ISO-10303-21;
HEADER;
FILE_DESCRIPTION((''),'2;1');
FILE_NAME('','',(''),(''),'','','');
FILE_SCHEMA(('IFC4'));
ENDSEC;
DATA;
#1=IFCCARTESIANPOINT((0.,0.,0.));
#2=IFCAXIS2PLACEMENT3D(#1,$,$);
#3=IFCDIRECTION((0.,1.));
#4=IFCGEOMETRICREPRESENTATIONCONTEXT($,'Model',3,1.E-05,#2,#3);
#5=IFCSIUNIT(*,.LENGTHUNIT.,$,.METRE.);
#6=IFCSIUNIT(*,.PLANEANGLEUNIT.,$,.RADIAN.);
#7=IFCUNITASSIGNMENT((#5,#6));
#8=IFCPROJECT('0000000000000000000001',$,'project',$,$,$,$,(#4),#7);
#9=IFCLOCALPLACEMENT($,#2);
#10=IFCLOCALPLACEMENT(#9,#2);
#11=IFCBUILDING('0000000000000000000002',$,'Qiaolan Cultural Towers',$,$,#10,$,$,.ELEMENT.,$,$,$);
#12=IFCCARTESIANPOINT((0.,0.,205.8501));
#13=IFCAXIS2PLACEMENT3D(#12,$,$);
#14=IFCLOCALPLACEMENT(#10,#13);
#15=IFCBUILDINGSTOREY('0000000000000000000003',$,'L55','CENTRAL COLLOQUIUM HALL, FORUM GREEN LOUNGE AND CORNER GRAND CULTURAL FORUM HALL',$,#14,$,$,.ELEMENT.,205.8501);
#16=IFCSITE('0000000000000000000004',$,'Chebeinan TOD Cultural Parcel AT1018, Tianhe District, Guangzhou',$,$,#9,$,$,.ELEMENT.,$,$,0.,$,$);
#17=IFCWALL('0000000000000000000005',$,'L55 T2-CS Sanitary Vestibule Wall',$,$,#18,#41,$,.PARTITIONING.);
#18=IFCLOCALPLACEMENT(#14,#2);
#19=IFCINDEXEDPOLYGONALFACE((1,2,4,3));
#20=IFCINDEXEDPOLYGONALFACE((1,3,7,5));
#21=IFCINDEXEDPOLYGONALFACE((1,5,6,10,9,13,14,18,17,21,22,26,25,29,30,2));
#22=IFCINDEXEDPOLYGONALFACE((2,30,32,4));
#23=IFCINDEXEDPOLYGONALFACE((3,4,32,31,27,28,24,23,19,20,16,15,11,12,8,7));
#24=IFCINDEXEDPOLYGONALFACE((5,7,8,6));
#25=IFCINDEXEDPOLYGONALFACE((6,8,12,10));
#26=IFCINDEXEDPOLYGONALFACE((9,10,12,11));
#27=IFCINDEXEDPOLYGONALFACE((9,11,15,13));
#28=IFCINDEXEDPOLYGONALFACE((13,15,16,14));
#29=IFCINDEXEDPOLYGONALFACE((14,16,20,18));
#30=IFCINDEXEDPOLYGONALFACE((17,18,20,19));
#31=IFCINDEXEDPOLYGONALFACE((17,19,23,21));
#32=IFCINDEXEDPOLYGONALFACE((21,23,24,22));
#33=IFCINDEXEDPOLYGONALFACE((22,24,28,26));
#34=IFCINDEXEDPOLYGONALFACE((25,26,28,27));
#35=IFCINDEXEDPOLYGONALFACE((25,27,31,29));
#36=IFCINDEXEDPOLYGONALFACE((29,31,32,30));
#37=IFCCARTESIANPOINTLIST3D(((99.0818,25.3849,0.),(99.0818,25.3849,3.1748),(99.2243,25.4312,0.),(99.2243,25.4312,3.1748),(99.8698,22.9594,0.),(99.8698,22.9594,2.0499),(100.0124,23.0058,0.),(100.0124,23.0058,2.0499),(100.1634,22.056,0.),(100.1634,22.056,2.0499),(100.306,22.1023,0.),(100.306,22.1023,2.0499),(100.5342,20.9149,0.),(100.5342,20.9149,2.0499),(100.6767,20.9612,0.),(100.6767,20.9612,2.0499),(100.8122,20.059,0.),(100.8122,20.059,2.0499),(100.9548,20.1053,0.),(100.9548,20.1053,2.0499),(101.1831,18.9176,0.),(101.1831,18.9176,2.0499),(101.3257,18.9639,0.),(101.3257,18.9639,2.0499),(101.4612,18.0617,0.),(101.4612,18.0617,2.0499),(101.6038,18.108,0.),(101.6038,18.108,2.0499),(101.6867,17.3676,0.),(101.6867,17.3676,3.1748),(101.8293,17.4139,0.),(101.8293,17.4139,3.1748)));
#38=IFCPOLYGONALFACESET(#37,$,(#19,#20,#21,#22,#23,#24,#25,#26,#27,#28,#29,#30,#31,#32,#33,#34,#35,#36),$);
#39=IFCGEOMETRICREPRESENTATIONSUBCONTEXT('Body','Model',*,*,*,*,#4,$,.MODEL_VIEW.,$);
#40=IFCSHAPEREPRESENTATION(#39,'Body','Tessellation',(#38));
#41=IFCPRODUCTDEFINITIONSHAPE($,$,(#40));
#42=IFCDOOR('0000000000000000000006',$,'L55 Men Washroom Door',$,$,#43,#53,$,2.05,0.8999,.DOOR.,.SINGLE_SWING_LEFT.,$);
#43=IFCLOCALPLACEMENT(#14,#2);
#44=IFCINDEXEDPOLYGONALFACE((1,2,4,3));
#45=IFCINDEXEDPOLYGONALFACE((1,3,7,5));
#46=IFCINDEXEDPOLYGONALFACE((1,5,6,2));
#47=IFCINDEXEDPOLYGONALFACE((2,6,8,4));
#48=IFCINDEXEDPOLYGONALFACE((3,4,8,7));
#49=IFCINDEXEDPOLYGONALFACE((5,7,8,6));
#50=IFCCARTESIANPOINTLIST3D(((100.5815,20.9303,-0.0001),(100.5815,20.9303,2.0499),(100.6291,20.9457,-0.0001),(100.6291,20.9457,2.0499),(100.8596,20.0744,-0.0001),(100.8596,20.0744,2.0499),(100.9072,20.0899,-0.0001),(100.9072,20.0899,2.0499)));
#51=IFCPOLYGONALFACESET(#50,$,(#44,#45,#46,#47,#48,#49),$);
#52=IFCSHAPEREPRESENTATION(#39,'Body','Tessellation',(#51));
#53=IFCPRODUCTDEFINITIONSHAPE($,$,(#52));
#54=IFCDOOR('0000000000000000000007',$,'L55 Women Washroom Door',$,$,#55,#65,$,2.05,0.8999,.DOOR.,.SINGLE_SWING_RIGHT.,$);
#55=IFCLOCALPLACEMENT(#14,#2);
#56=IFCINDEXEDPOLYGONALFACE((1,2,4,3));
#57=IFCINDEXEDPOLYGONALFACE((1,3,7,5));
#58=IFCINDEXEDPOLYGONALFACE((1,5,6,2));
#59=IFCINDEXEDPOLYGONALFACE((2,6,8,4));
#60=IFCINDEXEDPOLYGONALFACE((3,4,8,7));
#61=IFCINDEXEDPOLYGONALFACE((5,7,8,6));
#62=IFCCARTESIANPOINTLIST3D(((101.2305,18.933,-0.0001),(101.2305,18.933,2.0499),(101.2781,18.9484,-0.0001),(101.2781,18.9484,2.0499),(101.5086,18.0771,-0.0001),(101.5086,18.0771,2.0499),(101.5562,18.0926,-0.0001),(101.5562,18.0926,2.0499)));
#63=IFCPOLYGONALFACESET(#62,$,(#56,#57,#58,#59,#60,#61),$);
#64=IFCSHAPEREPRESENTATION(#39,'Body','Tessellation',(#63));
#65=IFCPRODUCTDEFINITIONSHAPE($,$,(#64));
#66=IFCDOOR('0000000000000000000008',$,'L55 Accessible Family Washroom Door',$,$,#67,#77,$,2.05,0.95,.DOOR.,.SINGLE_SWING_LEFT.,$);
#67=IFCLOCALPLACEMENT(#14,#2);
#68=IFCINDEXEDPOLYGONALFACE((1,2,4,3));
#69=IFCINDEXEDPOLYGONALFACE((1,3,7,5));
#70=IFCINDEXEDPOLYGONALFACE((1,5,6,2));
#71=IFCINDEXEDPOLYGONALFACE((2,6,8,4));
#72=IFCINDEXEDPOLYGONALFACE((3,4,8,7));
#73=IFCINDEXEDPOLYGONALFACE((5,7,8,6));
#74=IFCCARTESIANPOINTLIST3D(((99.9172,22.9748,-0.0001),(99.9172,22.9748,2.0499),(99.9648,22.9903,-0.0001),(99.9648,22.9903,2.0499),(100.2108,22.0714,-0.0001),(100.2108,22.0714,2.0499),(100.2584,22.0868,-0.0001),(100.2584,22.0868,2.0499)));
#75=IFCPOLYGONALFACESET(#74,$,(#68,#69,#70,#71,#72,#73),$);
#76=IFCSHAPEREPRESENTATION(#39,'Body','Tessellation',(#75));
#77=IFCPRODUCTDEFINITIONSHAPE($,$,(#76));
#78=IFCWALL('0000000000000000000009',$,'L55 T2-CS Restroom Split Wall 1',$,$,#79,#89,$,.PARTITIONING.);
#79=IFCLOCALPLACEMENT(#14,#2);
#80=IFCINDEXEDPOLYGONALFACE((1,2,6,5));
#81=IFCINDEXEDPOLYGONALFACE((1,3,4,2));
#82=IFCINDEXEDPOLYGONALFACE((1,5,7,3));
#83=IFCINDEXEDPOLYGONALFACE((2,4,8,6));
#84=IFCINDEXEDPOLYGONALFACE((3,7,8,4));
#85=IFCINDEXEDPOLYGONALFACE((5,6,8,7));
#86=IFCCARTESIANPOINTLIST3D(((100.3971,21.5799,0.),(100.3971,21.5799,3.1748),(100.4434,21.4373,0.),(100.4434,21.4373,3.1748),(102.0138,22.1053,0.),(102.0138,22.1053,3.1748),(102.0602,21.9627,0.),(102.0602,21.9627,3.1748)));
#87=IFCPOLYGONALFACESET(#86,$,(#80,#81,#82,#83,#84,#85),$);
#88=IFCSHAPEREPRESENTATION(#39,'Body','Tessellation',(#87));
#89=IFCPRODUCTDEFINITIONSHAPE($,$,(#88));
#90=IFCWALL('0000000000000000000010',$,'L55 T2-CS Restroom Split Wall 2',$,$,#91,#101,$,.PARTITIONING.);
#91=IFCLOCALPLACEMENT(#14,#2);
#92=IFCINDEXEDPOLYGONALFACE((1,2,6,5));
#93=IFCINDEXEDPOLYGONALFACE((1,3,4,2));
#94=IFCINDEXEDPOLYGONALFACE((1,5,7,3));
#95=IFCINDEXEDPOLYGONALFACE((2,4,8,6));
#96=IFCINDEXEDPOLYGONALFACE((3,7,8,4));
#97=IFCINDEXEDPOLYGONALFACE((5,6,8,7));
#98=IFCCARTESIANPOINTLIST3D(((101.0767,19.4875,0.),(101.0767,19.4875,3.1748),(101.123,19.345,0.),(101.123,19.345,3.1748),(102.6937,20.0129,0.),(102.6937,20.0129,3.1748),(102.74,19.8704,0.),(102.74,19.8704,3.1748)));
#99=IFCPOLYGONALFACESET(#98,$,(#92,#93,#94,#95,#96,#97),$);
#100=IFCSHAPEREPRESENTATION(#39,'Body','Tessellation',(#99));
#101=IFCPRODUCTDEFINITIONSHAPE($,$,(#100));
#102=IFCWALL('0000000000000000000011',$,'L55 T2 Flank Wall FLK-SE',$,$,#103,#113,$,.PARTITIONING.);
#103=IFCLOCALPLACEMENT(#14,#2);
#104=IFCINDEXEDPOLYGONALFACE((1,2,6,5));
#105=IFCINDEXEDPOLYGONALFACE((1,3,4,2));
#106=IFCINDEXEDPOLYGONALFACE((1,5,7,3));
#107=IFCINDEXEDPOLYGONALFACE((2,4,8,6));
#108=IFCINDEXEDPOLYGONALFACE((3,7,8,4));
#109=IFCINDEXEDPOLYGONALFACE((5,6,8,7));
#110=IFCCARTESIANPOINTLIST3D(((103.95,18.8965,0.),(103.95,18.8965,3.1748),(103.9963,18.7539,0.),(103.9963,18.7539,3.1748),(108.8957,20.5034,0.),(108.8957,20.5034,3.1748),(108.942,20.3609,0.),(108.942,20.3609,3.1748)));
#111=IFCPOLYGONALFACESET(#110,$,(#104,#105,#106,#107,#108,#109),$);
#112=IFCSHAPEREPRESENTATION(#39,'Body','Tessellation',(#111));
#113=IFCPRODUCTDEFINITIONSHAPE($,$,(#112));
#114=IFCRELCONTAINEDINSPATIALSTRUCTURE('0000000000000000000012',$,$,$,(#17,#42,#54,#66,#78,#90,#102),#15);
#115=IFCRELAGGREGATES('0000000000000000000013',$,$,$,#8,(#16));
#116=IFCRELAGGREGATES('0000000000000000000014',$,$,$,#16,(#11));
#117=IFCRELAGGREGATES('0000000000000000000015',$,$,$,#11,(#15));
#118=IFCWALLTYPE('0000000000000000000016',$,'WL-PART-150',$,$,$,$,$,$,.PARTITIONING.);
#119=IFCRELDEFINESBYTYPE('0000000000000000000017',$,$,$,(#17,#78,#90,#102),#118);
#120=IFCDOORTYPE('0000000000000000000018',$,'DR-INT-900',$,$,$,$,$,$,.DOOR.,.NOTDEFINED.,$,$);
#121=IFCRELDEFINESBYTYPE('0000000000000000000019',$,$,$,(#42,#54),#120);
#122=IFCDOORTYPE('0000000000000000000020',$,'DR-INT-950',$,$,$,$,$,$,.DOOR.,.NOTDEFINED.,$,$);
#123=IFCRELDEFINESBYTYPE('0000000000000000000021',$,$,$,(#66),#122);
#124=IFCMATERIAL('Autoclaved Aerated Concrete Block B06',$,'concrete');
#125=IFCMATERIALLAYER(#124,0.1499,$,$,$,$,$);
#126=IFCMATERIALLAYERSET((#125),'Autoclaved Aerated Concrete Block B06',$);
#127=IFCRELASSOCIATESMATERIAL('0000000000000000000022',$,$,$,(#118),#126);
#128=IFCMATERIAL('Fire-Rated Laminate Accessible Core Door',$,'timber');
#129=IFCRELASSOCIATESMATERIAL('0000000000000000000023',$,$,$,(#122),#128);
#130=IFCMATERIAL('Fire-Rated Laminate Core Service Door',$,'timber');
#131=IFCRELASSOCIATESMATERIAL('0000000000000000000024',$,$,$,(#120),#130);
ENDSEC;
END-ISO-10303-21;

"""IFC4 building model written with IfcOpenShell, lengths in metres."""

from ifc_helpers import new_model, si_unit, direction, frame, frame_2d, origin, place, context, subcontext, project, spatial, rectangle, extrude, material, layer, layer_set, type_object, element, fill, save


model = new_model("IFC4")

# Units and contexts
model_context = context("Model", 3, precision=1e-05, world=origin(), true_north=direction((0.0, 1.0)))
body_context = subcontext(model_context, "Body", "Model", "MODEL_VIEW")
ifc_project = project(units=[si_unit("LENGTHUNIT", "METRE"), si_unit("PLANEANGLEUNIT", "RADIAN")], contexts=[model_context])

# Site, building, storey
site_placement = place(None, origin())
site = spatial("IfcSite", under=ifc_project, at=site_placement, Name="Chebeinan TOD Cultural Parcel AT1018, Tianhe District, Guangzhou", CompositionType="ELEMENT", RefElevation=0.0)
building_placement = place(site_placement, origin())
building = spatial("IfcBuilding", under=site, at=building_placement, Name="Qiaolan Cultural Towers", CompositionType="ELEMENT")
storey_placement = place(building_placement, frame((0.0, 0.0, 205.8501)))
storey = spatial("IfcBuildingStorey", under=building, at=storey_placement, Name="L55", Description="CENTRAL COLLOQUIUM HALL, FORUM GREEN LOUNGE AND CORNER GRAND CULTURAL FORUM HALL", CompositionType="ELEMENT", Elevation=205.8501)

# Shared definitions
ifc_material_1 = material(Name="Autoclaved Aerated Concrete Block B06", Category="concrete")
ifc_layer_1 = layer(ifc_material_1, 0.1499)
ifc_layer_set_1 = layer_set([ifc_layer_1], Name="Autoclaved Aerated Concrete Block B06")
wall_type_1 = type_object("IfcWallType", Name="WL-PART-150", PredefinedType="PARTITIONING", material=ifc_layer_set_1)
ifc_material_2 = material(Name="Fire-Rated Laminate Accessible Core Door", Category="timber")
door_type_1 = type_object("IfcDoorType", Name="DR-INT-950", OperationType="NOTDEFINED", PredefinedType="DOOR", material=ifc_material_2)

# Wall, openings, doors
wall_1_placement = place(storey_placement, frame((99.1531, 25.408, 0.0), z_axis=(0.0, 0.0, 1.0), x_axis=(0.309016, -0.951057, 0.0)))
wall_1 = element("IfcWall", 1, at=wall_1_placement, inside=storey, type_object=wall_type_1, Name="L55 T2-CS Sanitary Vestibule Wall", PredefinedType="PARTITIONING", context=body_context, shape_type="SweptSolid", body=[
    extrude(rectangle(XDim=8.4299, YDim=0.1499, at=frame_2d((4.2148, 0.0))), origin(), (0.0, 0.0, 1.0), 3.1748),
])
opening_1_placement = place(wall_1_placement, frame((2.55, 0.0, 0.0)))
opening_1 = element("IfcOpeningElement", 2, at=opening_1_placement, cuts=wall_1, PredefinedType="OPENING", context=body_context, shape_type="SweptSolid", body=[
    extrude(rectangle(XDim=0.95, YDim=2.05, at=frame_2d((0.4751, 1.0249))), frame((0.0, 0.085, 0.0), z_axis=(0.0, -1.0, 0.0), x_axis=(1.0, 0.0, 0.0)), (0.0, 0.0, 1.0), 0.1699),
])
opening_2_placement = place(wall_1_placement, frame((4.7, 0.0, 0.0)))
opening_2 = element("IfcOpeningElement", 3, at=opening_2_placement, cuts=wall_1, PredefinedType="OPENING", context=body_context, shape_type="SweptSolid", body=[
    extrude(rectangle(XDim=0.8999, YDim=2.05, at=frame_2d((0.45, 1.0249))), frame((0.0, 0.085, 0.0), z_axis=(0.0, -1.0, 0.0), x_axis=(1.0, 0.0, 0.0)), (0.0, 0.0, 1.0), 0.1699),
])
opening_3_placement = place(wall_1_placement, frame((6.8, 0.0, 0.0)))
opening_3 = element("IfcOpeningElement", 4, at=opening_3_placement, cuts=wall_1, PredefinedType="OPENING", context=body_context, shape_type="SweptSolid", body=[
    extrude(rectangle(XDim=0.8999, YDim=2.05, at=frame_2d((0.45, 1.0249))), frame((0.0, 0.085, 0.0), z_axis=(0.0, -1.0, 0.0), x_axis=(1.0, 0.0, 0.0)), (0.0, 0.0, 1.0), 0.1699),
])
ifc_material_3 = material(Name="Fire-Rated Laminate Core Service Door", Category="timber")
door_type_2 = type_object("IfcDoorType", Name="DR-INT-900", OperationType="NOTDEFINED", PredefinedType="DOOR", material=ifc_material_3)
door_1_placement = place(opening_2_placement, origin())
door_1 = element("IfcDoor", 5, at=door_1_placement, inside=storey, type_object=door_type_2, Name="L55 Men Washroom Door", OperationType="SINGLE_SWING_LEFT", OverallHeight=2.05, OverallWidth=0.8999, PredefinedType="DOOR", context=body_context, shape_type="SweptSolid", body=[
    extrude(rectangle(XDim=0.8999, YDim=2.05, at=frame_2d((0.45, 1.0249))), frame((0.0, 0.0249, 0.0), z_axis=(0.0, -1.0, 0.0), x_axis=(1.0, 0.0, 0.0)), (0.0, 0.0, 1.0), 0.05),
])
fill(opening_2, door_1)
door_2_placement = place(opening_3_placement, origin())
door_2 = element("IfcDoor", 6, at=door_2_placement, inside=storey, type_object=door_type_2, Name="L55 Women Washroom Door", OperationType="SINGLE_SWING_RIGHT", OverallHeight=2.05, OverallWidth=0.8999, PredefinedType="DOOR", context=body_context, shape_type="SweptSolid", body=[
    extrude(rectangle(XDim=0.8999, YDim=2.05, at=frame_2d((0.45, 1.0249))), frame((0.0, 0.0249, 0.0), z_axis=(0.0, -1.0, 0.0), x_axis=(1.0, 0.0, 0.0)), (0.0, 0.0, 1.0), 0.05),
])
fill(opening_3, door_2)
door_3_placement = place(opening_1_placement, origin())
door_3 = element("IfcDoor", 7, at=door_3_placement, inside=storey, type_object=door_type_1, Name="L55 Accessible Family Washroom Door", OperationType="SINGLE_SWING_LEFT", OverallHeight=2.05, OverallWidth=0.95, PredefinedType="DOOR", context=body_context, shape_type="SweptSolid", body=[
    extrude(rectangle(XDim=0.95, YDim=2.05, at=frame_2d((0.4751, 1.0249))), frame((0.0, 0.0249, 0.0), z_axis=(0.0, -1.0, 0.0), x_axis=(1.0, 0.0, 0.0)), (0.0, 0.0, 1.0), 0.05),
])
fill(opening_1, door_3)

# Walls
wall_2_placement = place(storey_placement, frame((100.4202, 21.5085, 0.0), z_axis=(0.0, 0.0, 1.0), x_axis=(0.95104, 0.309067, 0.0)))
element("IfcWall", 8, at=wall_2_placement, inside=storey, type_object=wall_type_1, Name="L55 T2-CS Restroom Split Wall 1", PredefinedType="PARTITIONING", context=body_context, shape_type="SweptSolid", body=[
    extrude(rectangle(XDim=1.7, YDim=0.1499, at=frame_2d((0.8501, 0.0))), origin(), (0.0, 0.0, 1.0), 3.1748),
])
wall_3_placement = place(storey_placement, frame((101.0999, 19.4163, 0.0), z_axis=(0.0, 0.0, 1.0), x_axis=(0.951054, 0.309024, 0.0)))
element("IfcWall", 9, at=wall_3_placement, inside=storey, type_object=wall_type_1, Name="L55 T2-CS Restroom Split Wall 2", PredefinedType="PARTITIONING", context=body_context, shape_type="SweptSolid", body=[
    extrude(rectangle(XDim=1.7002, YDim=0.1499, at=frame_2d((0.8501, 0.0))), origin(), (0.0, 0.0, 1.0), 3.1748),
])
wall_4_placement = place(storey_placement, frame((103.9731, 18.8252, 0.0), z_axis=(0.0, 0.0, 1.0), x_axis=(0.951055, 0.309021, 0.0)))
element("IfcWall", 10, at=wall_4_placement, inside=storey, type_object=wall_type_1, Name="L55 T2 Flank Wall FLK-SE", PredefinedType="PARTITIONING", context=body_context, shape_type="SweptSolid", body=[
    extrude(rectangle(XDim=5.2002, YDim=0.1499, at=frame_2d((2.6001, 0.0))), origin(), (0.0, 0.0, 1.0), 3.1748),
])

save(model, "model.ifc")
